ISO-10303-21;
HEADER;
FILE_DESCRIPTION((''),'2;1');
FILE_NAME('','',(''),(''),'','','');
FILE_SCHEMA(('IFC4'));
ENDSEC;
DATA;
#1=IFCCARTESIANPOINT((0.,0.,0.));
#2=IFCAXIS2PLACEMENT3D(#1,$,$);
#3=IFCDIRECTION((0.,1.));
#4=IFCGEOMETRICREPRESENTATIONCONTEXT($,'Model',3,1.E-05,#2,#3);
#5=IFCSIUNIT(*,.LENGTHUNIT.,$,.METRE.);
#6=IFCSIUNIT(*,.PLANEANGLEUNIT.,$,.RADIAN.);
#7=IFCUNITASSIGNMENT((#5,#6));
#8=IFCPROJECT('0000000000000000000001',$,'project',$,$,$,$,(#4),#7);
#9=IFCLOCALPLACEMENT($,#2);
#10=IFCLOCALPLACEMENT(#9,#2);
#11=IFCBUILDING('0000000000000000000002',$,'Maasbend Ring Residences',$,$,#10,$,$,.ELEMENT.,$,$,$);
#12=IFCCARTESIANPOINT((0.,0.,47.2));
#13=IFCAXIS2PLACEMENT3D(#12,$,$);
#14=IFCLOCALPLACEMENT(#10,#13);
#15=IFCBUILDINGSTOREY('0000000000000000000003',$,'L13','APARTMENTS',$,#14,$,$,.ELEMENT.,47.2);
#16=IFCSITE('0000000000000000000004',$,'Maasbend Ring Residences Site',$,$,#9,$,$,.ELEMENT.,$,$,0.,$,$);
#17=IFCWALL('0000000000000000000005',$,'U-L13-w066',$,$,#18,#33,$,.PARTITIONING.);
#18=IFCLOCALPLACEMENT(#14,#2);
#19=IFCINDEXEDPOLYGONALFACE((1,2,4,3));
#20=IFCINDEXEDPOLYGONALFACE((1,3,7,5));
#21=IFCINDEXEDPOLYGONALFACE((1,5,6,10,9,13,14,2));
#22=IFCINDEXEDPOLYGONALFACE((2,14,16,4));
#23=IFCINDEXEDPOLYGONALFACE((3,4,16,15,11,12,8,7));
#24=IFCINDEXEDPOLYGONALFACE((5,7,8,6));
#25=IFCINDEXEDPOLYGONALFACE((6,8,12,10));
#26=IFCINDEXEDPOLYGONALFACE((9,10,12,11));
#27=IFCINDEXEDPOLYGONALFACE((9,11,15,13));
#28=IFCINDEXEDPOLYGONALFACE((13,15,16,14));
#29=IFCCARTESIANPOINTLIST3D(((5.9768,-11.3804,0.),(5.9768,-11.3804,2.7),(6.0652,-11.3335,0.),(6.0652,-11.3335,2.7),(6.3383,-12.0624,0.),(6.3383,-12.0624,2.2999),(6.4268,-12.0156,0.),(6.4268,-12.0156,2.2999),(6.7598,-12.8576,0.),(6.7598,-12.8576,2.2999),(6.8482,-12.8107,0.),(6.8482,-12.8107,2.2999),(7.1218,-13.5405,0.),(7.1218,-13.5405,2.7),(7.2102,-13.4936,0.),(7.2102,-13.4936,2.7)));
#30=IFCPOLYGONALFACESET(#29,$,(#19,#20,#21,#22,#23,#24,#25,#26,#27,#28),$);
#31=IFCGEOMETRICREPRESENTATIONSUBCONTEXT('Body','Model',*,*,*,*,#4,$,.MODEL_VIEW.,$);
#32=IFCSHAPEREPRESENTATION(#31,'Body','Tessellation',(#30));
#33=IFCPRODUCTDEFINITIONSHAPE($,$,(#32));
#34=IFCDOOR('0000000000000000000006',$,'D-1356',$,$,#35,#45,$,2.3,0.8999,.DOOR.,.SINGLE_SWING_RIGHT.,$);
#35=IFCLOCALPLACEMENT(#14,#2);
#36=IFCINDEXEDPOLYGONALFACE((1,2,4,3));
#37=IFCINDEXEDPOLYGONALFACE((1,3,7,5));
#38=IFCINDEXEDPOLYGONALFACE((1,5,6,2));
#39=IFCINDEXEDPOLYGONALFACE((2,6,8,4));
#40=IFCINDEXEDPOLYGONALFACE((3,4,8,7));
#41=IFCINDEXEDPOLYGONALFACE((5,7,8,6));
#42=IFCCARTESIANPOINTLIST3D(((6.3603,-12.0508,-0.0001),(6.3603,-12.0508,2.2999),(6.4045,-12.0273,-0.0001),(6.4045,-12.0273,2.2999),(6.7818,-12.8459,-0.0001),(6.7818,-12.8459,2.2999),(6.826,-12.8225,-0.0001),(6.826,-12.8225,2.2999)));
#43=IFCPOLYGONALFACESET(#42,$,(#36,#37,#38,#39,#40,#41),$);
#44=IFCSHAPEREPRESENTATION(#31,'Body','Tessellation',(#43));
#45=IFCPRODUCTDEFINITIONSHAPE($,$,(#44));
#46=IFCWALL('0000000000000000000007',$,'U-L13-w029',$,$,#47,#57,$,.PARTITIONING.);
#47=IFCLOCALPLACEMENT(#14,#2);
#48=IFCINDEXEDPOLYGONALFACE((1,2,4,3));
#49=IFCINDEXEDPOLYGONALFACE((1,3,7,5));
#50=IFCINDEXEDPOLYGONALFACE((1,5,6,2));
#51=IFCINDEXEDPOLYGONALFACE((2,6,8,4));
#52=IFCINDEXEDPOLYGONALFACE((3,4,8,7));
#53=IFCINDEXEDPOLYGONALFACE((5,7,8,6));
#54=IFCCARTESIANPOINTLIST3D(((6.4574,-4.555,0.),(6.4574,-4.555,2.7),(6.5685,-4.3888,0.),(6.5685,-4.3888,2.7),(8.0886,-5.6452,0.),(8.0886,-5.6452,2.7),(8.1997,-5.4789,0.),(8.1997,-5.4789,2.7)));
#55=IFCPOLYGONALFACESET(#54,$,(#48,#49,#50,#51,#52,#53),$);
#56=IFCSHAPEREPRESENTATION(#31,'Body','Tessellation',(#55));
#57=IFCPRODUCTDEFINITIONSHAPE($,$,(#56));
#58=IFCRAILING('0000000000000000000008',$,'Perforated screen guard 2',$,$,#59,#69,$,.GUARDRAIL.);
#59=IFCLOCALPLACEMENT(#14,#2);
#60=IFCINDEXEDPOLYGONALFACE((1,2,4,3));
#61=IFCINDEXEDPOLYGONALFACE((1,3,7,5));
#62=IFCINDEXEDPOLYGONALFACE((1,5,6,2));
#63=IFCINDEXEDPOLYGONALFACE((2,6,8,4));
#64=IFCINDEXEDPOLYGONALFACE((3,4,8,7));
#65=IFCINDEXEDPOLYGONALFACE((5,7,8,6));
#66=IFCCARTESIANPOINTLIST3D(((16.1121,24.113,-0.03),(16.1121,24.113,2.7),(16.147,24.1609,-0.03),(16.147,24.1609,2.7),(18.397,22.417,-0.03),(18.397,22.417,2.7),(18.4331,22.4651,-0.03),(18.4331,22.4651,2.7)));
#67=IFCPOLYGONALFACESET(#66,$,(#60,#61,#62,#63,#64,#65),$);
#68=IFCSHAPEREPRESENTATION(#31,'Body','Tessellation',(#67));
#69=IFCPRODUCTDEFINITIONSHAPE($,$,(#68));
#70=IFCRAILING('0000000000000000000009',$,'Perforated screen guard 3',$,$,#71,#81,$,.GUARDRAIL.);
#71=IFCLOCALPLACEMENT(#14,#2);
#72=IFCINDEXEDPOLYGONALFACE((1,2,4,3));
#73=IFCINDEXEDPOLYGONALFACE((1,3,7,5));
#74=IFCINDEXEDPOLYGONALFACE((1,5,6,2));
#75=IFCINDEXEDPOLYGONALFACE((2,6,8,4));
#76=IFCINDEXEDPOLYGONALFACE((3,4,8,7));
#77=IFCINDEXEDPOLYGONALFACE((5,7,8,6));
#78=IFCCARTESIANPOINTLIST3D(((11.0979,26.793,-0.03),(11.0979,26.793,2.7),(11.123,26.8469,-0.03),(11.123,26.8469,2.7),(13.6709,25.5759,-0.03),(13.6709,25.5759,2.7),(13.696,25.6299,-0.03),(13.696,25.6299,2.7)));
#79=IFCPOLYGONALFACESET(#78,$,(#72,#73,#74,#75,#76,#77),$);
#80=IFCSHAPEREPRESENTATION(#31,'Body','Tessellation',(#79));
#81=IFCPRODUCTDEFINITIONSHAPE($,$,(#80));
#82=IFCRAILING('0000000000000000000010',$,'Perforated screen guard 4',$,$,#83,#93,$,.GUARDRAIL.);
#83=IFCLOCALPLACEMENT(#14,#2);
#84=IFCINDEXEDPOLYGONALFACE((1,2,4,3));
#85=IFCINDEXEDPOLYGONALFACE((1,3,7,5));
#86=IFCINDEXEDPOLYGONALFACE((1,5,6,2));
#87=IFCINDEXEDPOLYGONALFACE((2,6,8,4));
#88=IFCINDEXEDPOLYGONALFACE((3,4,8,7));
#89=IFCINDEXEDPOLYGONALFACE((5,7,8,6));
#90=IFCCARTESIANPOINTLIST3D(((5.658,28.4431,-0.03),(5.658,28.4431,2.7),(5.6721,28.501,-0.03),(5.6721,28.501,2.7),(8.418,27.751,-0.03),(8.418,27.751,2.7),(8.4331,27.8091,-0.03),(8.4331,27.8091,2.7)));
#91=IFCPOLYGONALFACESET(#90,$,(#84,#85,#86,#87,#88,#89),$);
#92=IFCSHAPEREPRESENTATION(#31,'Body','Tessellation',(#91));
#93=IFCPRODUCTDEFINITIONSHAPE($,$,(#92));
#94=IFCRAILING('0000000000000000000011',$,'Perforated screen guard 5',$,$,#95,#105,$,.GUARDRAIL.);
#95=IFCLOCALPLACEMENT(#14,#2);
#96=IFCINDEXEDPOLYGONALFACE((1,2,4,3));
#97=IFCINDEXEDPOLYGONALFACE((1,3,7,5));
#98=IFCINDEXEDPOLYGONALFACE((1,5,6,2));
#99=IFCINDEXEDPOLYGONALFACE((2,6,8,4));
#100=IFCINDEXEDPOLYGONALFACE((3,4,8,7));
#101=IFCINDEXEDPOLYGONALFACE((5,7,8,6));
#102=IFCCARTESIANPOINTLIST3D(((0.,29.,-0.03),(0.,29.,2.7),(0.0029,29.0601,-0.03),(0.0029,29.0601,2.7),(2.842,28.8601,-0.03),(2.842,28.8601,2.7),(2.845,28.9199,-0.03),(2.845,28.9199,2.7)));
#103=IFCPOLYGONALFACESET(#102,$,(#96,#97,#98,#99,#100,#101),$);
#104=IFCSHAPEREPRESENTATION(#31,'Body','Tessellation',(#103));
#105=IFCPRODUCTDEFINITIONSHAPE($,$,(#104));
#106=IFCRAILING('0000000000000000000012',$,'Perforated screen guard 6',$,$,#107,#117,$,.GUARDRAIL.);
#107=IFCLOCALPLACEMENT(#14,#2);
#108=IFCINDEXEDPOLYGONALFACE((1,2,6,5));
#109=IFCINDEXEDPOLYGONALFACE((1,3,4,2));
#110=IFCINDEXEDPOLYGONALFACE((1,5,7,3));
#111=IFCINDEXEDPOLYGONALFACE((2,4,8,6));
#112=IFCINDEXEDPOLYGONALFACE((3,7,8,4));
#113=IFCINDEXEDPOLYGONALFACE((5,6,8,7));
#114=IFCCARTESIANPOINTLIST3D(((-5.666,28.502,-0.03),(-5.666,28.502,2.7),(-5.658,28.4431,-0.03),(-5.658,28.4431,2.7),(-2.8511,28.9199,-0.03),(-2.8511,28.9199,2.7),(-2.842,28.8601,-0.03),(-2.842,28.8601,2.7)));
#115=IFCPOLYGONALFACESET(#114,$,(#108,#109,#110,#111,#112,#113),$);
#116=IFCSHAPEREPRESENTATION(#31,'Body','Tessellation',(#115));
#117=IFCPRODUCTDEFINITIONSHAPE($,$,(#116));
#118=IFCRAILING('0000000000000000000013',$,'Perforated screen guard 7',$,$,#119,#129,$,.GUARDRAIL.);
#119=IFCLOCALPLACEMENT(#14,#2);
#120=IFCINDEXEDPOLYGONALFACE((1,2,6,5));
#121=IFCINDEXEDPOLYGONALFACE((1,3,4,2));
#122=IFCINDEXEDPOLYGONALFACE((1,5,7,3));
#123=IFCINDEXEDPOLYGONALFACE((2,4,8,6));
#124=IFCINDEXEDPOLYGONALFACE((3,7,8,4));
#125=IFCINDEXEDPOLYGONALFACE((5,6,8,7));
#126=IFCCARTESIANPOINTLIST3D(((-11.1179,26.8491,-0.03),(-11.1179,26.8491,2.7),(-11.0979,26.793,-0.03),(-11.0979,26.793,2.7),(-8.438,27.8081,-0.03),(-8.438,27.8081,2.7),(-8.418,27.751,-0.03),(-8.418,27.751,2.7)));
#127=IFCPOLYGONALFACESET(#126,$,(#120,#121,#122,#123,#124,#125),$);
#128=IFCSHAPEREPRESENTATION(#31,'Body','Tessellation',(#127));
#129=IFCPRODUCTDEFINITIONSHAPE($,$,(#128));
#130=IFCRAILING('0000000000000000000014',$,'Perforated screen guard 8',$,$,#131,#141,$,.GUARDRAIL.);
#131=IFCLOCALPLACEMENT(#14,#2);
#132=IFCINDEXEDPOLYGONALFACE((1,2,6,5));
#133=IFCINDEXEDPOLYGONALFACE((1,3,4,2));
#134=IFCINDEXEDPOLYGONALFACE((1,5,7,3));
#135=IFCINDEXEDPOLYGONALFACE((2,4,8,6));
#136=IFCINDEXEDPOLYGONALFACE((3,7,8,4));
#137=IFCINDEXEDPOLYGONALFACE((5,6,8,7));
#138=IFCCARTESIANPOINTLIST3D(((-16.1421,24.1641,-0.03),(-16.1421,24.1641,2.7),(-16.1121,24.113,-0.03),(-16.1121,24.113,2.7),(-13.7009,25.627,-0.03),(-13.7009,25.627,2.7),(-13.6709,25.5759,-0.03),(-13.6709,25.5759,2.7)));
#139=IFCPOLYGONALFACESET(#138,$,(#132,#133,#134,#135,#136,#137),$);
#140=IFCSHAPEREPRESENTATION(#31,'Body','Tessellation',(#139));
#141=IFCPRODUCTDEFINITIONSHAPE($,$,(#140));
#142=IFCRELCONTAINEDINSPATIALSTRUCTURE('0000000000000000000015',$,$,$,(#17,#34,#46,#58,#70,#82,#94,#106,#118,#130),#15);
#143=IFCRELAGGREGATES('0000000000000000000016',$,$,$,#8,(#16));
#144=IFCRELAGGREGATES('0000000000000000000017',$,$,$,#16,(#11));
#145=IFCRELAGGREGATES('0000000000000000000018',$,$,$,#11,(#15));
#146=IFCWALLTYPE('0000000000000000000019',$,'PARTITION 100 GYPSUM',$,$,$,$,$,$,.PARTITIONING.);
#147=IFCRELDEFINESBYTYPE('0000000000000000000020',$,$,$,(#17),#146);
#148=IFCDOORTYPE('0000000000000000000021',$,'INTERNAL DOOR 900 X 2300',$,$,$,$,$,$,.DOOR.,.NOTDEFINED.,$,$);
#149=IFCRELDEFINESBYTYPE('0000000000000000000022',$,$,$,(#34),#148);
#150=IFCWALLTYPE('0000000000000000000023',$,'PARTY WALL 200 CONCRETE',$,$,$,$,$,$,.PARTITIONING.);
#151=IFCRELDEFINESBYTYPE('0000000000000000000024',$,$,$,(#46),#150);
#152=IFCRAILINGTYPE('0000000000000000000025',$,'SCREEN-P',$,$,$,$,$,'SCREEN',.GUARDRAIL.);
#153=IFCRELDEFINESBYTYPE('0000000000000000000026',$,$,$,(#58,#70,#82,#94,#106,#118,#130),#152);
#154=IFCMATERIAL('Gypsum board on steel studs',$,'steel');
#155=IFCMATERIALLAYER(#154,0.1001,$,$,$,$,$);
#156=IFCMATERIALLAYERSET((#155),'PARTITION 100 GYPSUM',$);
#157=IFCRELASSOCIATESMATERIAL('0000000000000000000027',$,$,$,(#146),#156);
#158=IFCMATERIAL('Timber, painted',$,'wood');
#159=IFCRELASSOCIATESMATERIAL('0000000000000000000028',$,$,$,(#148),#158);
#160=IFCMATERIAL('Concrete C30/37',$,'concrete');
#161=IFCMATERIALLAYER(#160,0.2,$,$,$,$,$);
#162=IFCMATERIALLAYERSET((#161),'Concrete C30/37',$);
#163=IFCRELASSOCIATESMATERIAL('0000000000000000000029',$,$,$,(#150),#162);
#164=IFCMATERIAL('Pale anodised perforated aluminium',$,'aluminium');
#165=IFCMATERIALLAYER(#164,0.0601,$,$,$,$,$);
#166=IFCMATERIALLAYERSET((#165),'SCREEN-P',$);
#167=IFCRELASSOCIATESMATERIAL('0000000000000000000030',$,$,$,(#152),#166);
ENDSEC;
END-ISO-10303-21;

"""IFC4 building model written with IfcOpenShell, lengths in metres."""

from ifc_helpers import new_model, si_unit, direction, frame, frame_2d, origin, place, context, subcontext, project, spatial, polyline, rectangle, outline, extrude, material, layer, layer_set, type_object, element, fill, save


model = new_model("IFC4")

# Units and contexts
model_context = context("Model", 3, precision=1e-05, world=origin(), true_north=direction((0.0, 1.0)))
body_context = subcontext(model_context, "Body", "Model", "MODEL_VIEW")
ifc_project = project(units=[si_unit("LENGTHUNIT", "METRE"), si_unit("PLANEANGLEUNIT", "RADIAN")], contexts=[model_context])

# Site, building, storey
site_placement = place(None, origin())
site = spatial("IfcSite", under=ifc_project, at=site_placement, Name="Maasbend Ring Residences Site", CompositionType="ELEMENT", RefElevation=0.0)
building_placement = place(site_placement, origin())
building = spatial("IfcBuilding", under=site, at=building_placement, Name="Maasbend Ring Residences", CompositionType="ELEMENT")
storey_placement = place(building_placement, frame((0.0, 0.0, 47.2)))
storey = spatial("IfcBuildingStorey", under=building, at=storey_placement, Name="L13", Description="APARTMENTS", CompositionType="ELEMENT", Elevation=47.2)

# Shared definitions
ifc_material_1 = material(Name="Gypsum board on steel studs", Category="steel")
ifc_layer_1 = layer(ifc_material_1, 0.1001)
ifc_layer_set_1 = layer_set([ifc_layer_1], Name="PARTITION 100 GYPSUM")
wall_type_1 = type_object("IfcWallType", Name="PARTITION 100 GYPSUM", PredefinedType="PARTITIONING", material=ifc_layer_set_1)

# Wall, opening, door
ifc_material_2 = material(Name="Timber, painted", Category="wood")
door_type = type_object("IfcDoorType", Name="INTERNAL DOOR 900 X 2300", OperationType="NOTDEFINED", PredefinedType="DOOR", material=ifc_material_2)
wall_1_placement = place(storey_placement, frame((6.021, -11.3569, 0.0), z_axis=(0.0, 0.0, 1.0), x_axis=(0.468337, -0.88355, 0.0)))
wall_1 = element("IfcWall", 1, at=wall_1_placement, inside=storey, type_object=wall_type_1, Name="U-L13-w066", PredefinedType="PARTITIONING", context=body_context, shape_type="SweptSolid", body=[
    extrude(rectangle(XDim=2.4448, YDim=0.1001, at=frame_2d((1.2224, 0.0))), origin(), (0.0, 0.0, 1.0), 2.7),
])
opening_1_placement = place(wall_1_placement, frame((0.772, 0.0, 0.0)))
opening_1 = element("IfcOpeningElement", 2, at=opening_1_placement, cuts=wall_1, PredefinedType="OPENING", context=body_context, shape_type="SweptSolid", body=[
    extrude(rectangle(XDim=0.8999, YDim=2.3, at=frame_2d((0.45, 1.1499))), frame((0.0, 0.0601, 0.0), z_axis=(0.0, -1.0, 0.0), x_axis=(1.0, 0.0, 0.0)), (0.0, 0.0, 1.0), 0.1201),
])
door_1_placement = place(opening_1_placement, origin())
door_1 = element("IfcDoor", 3, at=door_1_placement, inside=storey, type_object=door_type, Name="D-1356", OperationType="SINGLE_SWING_RIGHT", OverallHeight=2.3, OverallWidth=0.8999, PredefinedType="DOOR", context=body_context, shape_type="SweptSolid", body=[
    extrude(rectangle(XDim=0.8999, YDim=2.3, at=frame_2d((0.45, 1.1499))), frame((0.0, 0.0249, 0.0), z_axis=(0.0, -1.0, 0.0), x_axis=(1.0, 0.0, 0.0)), (0.0, 0.0, 1.0), 0.05),
])
fill(opening_1, door_1)

# Wall
ifc_material_3 = material(Name="Concrete C30/37", Category="concrete")
ifc_layer_2 = layer(ifc_material_3, 0.2)
ifc_layer_set_2 = layer_set([ifc_layer_2], Name="Concrete C30/37")
wall_type_2 = type_object("IfcWallType", Name="PARTY WALL 200 CONCRETE", PredefinedType="PARTITIONING", material=ifc_layer_set_2)
wall_2_placement = place(storey_placement, frame((6.5129, -4.4719, 0.0), z_axis=(0.0, 0.0, 1.0), x_axis=(0.831418, -0.555648, 0.0)))
element("IfcWall", 4, at=wall_2_placement, inside=storey, type_object=wall_type_2, Name="U-L13-w029", PredefinedType="PARTITIONING", context=body_context, shape_type="SweptSolid", body=[
    extrude(rectangle(XDim=1.9619, YDim=0.2, at=frame_2d((0.981, 0.0))), origin(), (0.0, 0.0, 1.0), 2.7),
])

# Railings
ifc_material_4 = material(Name="Pale anodised perforated aluminium", Category="aluminium")
ifc_layer_3 = layer(ifc_material_4, 0.0601)
ifc_layer_set_3 = layer_set([ifc_layer_3], Name="SCREEN-P")
railing_type = type_object("IfcRailingType", Name="SCREEN-P", ElementType="SCREEN", PredefinedType="GUARDRAIL", material=ifc_layer_set_3)
railing_1_placement = place(storey_placement, frame((0.0, 0.0, -0.03)))
element("IfcRailing", 5, at=railing_1_placement, inside=storey, type_object=railing_type, Name="Perforated screen guard 2", PredefinedType="GUARDRAIL", context=body_context, shape_type="SweptSolid", body=[
    extrude(outline(polyline([(18.397, 22.417), (16.1121, 24.113), (16.147, 24.1609), (18.4331, 22.4651), (18.397, 22.417)])), origin(), (0.0, 0.0, 1.0), 2.73),
])
railing_2_placement = place(storey_placement, frame((0.0, 0.0, -0.03)))
element("IfcRailing", 6, at=railing_2_placement, inside=storey, type_object=railing_type, Name="Perforated screen guard 3", PredefinedType="GUARDRAIL", context=body_context, shape_type="SweptSolid", body=[
    extrude(outline(polyline([(13.6709, 25.5759), (11.0979, 26.793), (11.123, 26.8469), (13.696, 25.6299), (13.6709, 25.5759)])), origin(), (0.0, 0.0, 1.0), 2.73),
])
railing_3_placement = place(storey_placement, frame((0.0, 0.0, -0.03)))
element("IfcRailing", 7, at=railing_3_placement, inside=storey, type_object=railing_type, Name="Perforated screen guard 4", PredefinedType="GUARDRAIL", context=body_context, shape_type="SweptSolid", body=[
    extrude(outline(polyline([(8.418, 27.751), (5.658, 28.4431), (5.6721, 28.501), (8.4331, 27.8091), (8.418, 27.751)])), origin(), (0.0, 0.0, 1.0), 2.73),
])
railing_4_placement = place(storey_placement, frame((0.0, 0.0, -0.03)))
element("IfcRailing", 8, at=railing_4_placement, inside=storey, type_object=railing_type, Name="Perforated screen guard 5", PredefinedType="GUARDRAIL", context=body_context, shape_type="SweptSolid", body=[
    extrude(outline(polyline([(2.842, 28.8601), (0.0, 29.0), (0.0029, 29.0601), (2.845, 28.9199), (2.842, 28.8601)])), origin(), (0.0, 0.0, 1.0), 2.73),
])
railing_5_placement = place(storey_placement, frame((0.0, 0.0, -0.03)))
element("IfcRailing", 9, at=railing_5_placement, inside=storey, type_object=railing_type, Name="Perforated screen guard 6", PredefinedType="GUARDRAIL", context=body_context, shape_type="SweptSolid", body=[
    extrude(outline(polyline([(-2.842, 28.8601), (-5.658, 28.4431), (-5.666, 28.502), (-2.8511, 28.9199), (-2.842, 28.8601)])), origin(), (0.0, 0.0, 1.0), 2.73),
])
railing_6_placement = place(storey_placement, frame((0.0, 0.0, -0.03)))
element("IfcRailing", 10, at=railing_6_placement, inside=storey, type_object=railing_type, Name="Perforated screen guard 7", PredefinedType="GUARDRAIL", context=body_context, shape_type="SweptSolid", body=[
    extrude(outline(polyline([(-8.418, 27.751), (-11.0979, 26.793), (-11.1179, 26.8491), (-8.438, 27.8081), (-8.418, 27.751)])), origin(), (0.0, 0.0, 1.0), 2.73),
])
railing_7_placement = place(storey_placement, frame((0.0, 0.0, -0.03)))
element("IfcRailing", 11, at=railing_7_placement, inside=storey, type_object=railing_type, Name="Perforated screen guard 8", PredefinedType="GUARDRAIL", context=body_context, shape_type="SweptSolid", body=[
    extrude(outline(polyline([(-13.6709, 25.5759), (-16.1121, 24.113), (-16.1421, 24.1641), (-13.7009, 25.627), (-13.6709, 25.5759)])), origin(), (0.0, 0.0, 1.0), 2.73),
])

save(model, "model.ifc")
